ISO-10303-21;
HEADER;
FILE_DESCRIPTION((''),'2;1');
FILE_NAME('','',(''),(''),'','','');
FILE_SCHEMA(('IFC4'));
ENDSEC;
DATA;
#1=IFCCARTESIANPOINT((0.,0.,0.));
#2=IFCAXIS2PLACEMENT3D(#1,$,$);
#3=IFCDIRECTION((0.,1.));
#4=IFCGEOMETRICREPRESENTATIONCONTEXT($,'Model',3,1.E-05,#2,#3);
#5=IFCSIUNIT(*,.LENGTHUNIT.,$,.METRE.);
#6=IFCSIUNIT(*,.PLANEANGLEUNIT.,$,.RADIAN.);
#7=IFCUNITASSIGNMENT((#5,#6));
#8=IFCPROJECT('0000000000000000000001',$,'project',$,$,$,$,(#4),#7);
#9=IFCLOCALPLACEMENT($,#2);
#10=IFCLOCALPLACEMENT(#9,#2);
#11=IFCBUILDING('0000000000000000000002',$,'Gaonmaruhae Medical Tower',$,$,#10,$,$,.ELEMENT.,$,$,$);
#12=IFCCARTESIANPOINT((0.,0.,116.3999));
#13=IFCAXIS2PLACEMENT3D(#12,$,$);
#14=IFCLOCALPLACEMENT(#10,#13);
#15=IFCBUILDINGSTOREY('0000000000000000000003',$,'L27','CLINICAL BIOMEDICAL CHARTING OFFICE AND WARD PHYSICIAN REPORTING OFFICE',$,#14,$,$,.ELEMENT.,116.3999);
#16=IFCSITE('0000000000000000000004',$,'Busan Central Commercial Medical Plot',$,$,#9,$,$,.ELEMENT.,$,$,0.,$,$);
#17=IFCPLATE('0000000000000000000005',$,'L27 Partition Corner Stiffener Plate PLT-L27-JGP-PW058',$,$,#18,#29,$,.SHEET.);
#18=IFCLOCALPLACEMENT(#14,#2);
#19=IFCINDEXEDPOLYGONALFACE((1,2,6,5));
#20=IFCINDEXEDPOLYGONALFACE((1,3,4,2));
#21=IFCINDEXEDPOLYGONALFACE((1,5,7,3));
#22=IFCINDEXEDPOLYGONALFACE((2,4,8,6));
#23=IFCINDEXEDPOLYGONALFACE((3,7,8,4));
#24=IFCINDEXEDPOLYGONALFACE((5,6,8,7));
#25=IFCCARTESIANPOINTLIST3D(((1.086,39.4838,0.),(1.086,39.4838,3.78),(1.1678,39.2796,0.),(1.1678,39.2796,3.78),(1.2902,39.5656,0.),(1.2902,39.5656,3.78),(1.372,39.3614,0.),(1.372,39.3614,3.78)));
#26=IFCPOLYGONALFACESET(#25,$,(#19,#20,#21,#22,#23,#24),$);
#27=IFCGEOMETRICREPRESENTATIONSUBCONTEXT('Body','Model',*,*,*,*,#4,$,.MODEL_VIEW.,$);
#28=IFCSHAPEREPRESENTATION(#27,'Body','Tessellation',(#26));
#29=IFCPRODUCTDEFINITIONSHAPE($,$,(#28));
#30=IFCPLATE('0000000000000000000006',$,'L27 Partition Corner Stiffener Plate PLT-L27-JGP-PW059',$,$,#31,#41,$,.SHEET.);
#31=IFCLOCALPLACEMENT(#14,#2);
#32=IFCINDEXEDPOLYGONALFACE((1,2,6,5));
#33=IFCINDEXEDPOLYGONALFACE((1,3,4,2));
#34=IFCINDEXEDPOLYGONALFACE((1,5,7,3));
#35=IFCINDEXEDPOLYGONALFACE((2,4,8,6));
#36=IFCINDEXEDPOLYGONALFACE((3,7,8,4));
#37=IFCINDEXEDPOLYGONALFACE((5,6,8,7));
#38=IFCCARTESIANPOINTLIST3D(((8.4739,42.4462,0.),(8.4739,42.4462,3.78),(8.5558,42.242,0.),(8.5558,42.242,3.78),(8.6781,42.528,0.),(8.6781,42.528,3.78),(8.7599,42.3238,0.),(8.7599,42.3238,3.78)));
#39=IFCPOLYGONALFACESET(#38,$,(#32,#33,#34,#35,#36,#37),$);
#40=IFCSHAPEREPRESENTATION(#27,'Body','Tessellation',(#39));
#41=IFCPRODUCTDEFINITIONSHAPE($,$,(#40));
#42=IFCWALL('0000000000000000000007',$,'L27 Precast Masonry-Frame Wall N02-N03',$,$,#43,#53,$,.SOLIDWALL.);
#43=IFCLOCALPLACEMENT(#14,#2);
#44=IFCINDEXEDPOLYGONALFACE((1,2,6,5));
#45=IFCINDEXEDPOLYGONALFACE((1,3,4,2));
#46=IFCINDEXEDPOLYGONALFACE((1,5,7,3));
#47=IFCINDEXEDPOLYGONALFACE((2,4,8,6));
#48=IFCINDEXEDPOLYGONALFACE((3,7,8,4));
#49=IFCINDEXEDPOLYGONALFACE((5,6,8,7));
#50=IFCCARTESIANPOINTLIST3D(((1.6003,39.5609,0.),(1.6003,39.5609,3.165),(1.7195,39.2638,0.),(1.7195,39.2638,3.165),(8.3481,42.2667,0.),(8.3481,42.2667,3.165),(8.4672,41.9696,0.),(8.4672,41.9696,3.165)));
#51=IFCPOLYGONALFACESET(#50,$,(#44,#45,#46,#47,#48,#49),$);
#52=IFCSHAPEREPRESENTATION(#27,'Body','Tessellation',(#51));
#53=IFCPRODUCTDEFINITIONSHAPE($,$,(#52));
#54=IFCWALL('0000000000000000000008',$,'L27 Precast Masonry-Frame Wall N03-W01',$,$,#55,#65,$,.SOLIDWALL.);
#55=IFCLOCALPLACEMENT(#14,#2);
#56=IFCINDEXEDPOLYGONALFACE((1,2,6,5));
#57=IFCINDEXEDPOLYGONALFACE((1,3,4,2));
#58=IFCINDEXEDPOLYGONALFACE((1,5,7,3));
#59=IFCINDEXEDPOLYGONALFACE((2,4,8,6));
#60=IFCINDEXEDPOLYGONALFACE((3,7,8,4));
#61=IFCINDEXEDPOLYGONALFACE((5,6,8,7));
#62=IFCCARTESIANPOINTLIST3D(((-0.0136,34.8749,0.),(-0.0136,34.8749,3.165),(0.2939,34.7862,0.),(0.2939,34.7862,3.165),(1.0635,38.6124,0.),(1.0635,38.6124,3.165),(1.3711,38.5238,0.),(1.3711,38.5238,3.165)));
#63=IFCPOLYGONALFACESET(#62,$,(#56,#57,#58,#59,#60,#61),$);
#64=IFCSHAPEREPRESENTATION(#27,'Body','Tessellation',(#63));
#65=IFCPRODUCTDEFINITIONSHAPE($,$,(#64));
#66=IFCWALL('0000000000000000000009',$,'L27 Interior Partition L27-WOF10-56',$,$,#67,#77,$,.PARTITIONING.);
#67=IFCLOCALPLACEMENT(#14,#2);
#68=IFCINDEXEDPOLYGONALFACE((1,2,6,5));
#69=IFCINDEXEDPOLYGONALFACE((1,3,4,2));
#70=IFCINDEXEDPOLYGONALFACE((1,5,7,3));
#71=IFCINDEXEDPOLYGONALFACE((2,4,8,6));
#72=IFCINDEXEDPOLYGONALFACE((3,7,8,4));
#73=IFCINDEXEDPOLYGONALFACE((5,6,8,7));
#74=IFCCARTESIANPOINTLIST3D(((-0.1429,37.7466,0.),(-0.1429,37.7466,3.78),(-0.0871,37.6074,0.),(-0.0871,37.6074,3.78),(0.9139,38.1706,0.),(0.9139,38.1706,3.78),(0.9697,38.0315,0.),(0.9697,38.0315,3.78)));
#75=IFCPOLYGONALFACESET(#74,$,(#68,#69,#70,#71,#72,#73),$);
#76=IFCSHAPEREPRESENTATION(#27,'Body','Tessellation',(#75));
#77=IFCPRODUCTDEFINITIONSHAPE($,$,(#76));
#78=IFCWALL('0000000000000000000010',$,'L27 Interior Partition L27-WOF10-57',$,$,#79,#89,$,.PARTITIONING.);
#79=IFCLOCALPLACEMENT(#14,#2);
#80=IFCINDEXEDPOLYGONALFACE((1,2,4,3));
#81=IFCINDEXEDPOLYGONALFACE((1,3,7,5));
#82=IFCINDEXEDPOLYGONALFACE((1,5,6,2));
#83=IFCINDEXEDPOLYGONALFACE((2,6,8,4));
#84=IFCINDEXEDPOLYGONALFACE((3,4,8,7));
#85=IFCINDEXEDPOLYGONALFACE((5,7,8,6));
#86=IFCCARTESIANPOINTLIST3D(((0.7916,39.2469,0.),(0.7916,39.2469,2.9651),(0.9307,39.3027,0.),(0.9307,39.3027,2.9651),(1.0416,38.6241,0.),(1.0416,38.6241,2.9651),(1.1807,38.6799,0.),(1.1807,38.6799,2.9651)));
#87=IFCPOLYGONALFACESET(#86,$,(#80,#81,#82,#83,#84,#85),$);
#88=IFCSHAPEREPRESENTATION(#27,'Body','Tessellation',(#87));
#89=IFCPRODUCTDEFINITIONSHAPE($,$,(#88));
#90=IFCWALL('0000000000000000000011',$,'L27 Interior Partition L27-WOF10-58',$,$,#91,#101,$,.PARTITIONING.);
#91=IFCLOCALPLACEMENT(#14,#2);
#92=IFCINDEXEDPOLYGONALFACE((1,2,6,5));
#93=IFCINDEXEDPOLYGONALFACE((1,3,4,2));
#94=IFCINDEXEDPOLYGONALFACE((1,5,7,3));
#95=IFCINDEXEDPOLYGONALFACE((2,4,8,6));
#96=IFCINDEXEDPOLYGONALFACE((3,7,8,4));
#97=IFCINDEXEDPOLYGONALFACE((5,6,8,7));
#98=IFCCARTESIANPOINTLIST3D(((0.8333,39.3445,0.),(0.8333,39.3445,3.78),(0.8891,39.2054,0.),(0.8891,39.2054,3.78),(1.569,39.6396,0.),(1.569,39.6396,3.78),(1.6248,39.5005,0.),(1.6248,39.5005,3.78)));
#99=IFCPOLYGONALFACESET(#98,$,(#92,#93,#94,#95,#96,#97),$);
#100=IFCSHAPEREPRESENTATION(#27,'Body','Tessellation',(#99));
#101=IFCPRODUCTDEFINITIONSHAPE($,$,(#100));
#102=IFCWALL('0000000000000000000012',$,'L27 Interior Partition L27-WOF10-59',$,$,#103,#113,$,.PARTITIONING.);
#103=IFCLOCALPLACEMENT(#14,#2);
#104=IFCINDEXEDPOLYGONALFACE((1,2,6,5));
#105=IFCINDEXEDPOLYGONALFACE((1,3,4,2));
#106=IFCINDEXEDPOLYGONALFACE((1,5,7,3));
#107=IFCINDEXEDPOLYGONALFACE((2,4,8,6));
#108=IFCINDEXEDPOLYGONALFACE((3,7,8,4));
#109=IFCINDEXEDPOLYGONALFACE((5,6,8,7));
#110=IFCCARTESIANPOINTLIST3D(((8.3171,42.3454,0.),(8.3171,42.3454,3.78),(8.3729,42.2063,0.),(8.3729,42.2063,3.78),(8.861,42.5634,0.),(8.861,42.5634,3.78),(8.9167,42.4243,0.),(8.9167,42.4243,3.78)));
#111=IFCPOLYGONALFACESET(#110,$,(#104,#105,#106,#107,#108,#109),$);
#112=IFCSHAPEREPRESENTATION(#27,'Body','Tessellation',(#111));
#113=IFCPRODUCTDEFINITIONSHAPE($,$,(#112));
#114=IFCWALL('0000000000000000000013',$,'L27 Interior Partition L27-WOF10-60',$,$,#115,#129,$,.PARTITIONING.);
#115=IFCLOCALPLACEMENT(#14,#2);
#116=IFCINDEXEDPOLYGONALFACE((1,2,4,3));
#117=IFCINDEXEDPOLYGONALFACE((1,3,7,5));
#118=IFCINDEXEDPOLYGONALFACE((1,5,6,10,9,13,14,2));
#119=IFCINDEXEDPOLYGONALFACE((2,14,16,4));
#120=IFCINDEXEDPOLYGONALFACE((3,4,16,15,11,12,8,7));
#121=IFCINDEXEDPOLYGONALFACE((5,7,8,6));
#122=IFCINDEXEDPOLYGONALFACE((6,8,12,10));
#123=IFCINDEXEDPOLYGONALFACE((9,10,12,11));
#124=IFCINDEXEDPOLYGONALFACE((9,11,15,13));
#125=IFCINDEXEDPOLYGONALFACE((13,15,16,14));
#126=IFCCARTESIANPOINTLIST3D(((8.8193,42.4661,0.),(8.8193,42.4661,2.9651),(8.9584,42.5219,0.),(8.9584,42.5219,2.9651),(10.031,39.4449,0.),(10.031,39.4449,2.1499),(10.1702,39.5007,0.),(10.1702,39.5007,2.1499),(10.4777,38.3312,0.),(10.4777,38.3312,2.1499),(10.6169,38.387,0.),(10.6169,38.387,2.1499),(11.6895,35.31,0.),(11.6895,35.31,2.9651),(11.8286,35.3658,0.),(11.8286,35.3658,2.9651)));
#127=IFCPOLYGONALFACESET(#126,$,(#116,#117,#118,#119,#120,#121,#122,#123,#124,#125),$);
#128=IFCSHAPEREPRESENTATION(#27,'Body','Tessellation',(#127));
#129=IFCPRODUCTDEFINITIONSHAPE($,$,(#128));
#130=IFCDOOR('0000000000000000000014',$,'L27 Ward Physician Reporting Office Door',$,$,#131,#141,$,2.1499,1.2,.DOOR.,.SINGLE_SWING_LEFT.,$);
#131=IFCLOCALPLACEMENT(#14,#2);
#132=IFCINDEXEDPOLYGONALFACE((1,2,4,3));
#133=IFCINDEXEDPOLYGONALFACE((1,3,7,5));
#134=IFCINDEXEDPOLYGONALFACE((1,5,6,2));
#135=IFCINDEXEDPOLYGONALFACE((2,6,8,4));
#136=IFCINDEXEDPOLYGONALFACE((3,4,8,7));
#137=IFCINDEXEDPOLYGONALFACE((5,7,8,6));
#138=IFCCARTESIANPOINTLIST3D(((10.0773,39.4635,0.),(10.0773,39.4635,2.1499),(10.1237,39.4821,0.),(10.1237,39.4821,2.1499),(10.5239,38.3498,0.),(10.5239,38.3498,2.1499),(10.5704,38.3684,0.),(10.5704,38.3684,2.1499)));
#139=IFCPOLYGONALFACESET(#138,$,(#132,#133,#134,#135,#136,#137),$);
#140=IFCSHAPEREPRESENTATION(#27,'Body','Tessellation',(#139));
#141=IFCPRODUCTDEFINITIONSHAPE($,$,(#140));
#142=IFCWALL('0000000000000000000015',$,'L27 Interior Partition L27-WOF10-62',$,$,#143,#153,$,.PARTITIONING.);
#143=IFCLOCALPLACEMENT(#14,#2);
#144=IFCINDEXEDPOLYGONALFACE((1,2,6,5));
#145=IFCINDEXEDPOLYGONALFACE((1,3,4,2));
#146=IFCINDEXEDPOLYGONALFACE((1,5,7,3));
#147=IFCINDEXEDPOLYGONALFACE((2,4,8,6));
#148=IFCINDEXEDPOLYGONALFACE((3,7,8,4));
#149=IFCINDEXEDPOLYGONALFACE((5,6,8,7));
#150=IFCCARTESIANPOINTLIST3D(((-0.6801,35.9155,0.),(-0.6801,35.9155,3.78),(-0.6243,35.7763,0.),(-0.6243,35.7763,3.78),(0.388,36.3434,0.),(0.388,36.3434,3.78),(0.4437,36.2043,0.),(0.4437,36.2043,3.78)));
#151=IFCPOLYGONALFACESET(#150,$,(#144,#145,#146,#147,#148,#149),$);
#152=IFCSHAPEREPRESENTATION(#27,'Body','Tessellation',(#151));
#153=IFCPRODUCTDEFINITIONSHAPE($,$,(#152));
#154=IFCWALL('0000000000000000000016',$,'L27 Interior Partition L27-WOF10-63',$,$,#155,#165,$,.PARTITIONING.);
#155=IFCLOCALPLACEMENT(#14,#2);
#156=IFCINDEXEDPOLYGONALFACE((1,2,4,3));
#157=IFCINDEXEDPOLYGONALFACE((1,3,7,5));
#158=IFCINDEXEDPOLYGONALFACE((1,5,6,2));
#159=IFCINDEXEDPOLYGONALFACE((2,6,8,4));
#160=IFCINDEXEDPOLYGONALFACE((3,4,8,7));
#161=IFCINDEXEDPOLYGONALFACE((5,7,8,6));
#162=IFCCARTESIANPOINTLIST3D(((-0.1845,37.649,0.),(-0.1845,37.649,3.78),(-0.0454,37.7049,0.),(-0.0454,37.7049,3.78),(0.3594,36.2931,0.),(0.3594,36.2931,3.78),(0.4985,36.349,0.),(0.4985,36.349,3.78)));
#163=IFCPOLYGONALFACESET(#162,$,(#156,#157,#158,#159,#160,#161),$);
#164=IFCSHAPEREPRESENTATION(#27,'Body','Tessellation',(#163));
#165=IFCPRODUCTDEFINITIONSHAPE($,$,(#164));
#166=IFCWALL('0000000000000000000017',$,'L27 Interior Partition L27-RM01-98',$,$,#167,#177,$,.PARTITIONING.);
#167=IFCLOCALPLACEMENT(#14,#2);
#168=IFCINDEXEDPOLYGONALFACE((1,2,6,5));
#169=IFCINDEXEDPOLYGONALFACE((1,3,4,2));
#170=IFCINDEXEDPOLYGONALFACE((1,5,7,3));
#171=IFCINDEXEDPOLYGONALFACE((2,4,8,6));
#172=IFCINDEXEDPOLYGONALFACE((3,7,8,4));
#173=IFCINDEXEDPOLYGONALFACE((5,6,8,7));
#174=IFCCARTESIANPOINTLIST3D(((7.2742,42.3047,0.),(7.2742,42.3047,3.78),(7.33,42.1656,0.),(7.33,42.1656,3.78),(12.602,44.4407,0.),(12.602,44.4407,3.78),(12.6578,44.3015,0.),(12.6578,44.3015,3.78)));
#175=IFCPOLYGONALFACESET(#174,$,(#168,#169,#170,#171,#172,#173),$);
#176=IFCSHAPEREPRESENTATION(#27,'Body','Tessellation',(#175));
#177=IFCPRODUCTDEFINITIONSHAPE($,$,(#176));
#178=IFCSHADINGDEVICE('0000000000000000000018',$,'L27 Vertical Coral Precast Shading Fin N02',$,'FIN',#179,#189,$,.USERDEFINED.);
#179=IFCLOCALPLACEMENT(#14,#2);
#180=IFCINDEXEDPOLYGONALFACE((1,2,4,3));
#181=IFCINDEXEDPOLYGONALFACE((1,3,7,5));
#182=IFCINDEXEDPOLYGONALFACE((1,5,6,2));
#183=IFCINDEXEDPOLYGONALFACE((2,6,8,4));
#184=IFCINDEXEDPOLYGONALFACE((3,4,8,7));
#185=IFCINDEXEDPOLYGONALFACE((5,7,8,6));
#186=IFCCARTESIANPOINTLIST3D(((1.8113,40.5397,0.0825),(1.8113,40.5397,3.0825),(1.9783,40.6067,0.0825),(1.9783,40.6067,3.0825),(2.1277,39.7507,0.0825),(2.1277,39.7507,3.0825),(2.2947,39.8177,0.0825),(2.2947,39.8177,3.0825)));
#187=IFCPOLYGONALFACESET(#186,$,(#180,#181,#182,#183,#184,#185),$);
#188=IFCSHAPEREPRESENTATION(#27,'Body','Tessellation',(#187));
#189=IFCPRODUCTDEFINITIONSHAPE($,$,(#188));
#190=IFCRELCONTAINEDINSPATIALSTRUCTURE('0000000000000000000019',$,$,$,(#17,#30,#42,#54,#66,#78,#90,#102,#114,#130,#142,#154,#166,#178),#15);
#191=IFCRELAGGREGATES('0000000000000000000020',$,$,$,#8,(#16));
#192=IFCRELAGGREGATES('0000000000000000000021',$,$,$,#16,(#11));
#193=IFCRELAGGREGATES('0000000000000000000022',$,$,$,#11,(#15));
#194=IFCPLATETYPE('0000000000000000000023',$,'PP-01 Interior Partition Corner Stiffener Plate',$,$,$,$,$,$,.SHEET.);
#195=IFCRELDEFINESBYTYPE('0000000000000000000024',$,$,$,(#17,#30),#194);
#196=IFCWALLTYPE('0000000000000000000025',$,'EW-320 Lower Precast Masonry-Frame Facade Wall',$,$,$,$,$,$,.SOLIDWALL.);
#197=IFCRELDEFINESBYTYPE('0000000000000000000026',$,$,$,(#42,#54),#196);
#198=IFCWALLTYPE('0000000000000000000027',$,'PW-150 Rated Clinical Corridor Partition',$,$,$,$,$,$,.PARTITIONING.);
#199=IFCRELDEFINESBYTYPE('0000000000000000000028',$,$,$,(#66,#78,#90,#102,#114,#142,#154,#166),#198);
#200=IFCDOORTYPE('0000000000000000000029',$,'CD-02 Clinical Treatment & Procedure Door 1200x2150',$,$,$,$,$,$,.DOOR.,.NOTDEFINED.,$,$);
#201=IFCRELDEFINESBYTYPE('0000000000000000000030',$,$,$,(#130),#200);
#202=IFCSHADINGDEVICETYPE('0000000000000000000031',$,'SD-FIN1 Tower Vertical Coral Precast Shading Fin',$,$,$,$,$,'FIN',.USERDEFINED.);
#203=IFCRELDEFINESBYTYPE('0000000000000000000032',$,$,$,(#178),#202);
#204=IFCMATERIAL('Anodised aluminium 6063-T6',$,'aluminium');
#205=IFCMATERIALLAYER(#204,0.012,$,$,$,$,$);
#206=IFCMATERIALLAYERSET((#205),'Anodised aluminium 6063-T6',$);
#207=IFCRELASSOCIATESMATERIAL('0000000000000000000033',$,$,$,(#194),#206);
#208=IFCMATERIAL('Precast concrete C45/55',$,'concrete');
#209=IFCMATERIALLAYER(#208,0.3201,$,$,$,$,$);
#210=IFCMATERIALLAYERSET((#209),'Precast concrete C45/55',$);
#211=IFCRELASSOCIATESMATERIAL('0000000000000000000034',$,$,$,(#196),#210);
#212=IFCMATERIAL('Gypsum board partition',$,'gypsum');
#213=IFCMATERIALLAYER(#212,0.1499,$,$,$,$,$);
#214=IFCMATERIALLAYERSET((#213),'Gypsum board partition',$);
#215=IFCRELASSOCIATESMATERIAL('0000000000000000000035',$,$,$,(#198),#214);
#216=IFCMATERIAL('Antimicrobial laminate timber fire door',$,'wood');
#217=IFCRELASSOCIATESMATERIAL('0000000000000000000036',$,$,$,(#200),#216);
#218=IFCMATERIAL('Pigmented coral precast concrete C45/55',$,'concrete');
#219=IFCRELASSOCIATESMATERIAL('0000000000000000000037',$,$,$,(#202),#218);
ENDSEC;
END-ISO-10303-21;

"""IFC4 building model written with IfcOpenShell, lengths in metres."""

from ifc_helpers import new_model, si_unit, direction, frame, frame_2d, origin, origin_2d, place, context, subcontext, project, spatial, rectangle, extrude, material, layer, layer_set, type_object, element, fill, save


model = new_model("IFC4")

# Units and contexts
model_context = context("Model", 3, precision=1e-05, world=origin(), true_north=direction((0.0, 1.0)))
body_context = subcontext(model_context, "Body", "Model", "MODEL_VIEW")
ifc_project = project(units=[si_unit("LENGTHUNIT", "METRE"), si_unit("PLANEANGLEUNIT", "RADIAN")], contexts=[model_context])

# Site, building, storey
site_placement = place(None, origin())
site = spatial("IfcSite", under=ifc_project, at=site_placement, Name="Busan Central Commercial Medical Plot", CompositionType="ELEMENT", RefElevation=0.0)
building_placement = place(site_placement, origin())
building = spatial("IfcBuilding", under=site, at=building_placement, Name="Gaonmaruhae Medical Tower", CompositionType="ELEMENT")
storey_placement = place(building_placement, frame((0.0, 0.0, 116.3999)))
storey = spatial("IfcBuildingStorey", under=building, at=storey_placement, Name="L27", Description="CLINICAL BIOMEDICAL CHARTING OFFICE AND WARD PHYSICIAN REPORTING OFFICE", CompositionType="ELEMENT", Elevation=116.3999)

# Plates
ifc_material_1 = material(Name="Anodised aluminium 6063-T6", Category="aluminium")
ifc_layer_1 = layer(ifc_material_1, 0.012)
ifc_layer_set_1 = layer_set([ifc_layer_1], Name="Anodised aluminium 6063-T6")
plate_type_1 = type_object("IfcPlateType", Name="PP-01 Interior Partition Corner Stiffener Plate", PredefinedType="SHEET", material=ifc_layer_set_1)
for number, where, z_axis, x_axis, name in (
    (1, (1.229, 39.4226, 0.0), (0.0, 0.0, 1.0), (0.928213, 0.372048, 0.0), "L27 Partition Corner Stiffener Plate PLT-L27-JGP-PW058"),
    (2, (8.6169, 42.385, 0.0), (0.0, 0.0, 1.0), (0.928239, 0.371984, 0.0), "L27 Partition Corner Stiffener Plate PLT-L27-JGP-PW059"),
):
    element("IfcPlate", number, at=place(storey_placement, frame(where, z_axis=z_axis, x_axis=x_axis)), inside=storey, type_object=plate_type_1, Name=name, PredefinedType="SHEET", context=body_context, shape_type="SweptSolid", body=[
        extrude(rectangle(XDim=0.22, YDim=0.22, at=origin_2d()), origin(), (0.0, 0.0, 1.0), 3.78),
    ])

# Walls
ifc_material_2 = material(Name="Precast concrete C45/55", Category="concrete")
ifc_layer_2 = layer(ifc_material_2, 0.3201)
ifc_layer_set_2 = layer_set([ifc_layer_2], Name="Precast concrete C45/55")
wall_type_1 = type_object("IfcWallType", Name="EW-320 Lower Precast Masonry-Frame Facade Wall", PredefinedType="SOLIDWALL", material=ifc_layer_set_2)
wall_1_placement = place(storey_placement, frame((1.6599, 39.4124, 0.0), z_axis=(0.0, 0.0, 1.0), x_axis=(0.928159, 0.372184, 0.0)))
element("IfcWall", 3, at=wall_1_placement, inside=storey, type_object=wall_type_1, Name="L27 Precast Masonry-Frame Wall N02-N03", PredefinedType="SOLIDWALL", context=body_context, shape_type="SweptSolid", body=[
    extrude(rectangle(XDim=7.27, YDim=0.3201, at=frame_2d((3.635, 0.0))), origin(), (0.0, 0.0, 1.0), 3.165),
])
wall_2_placement = place(storey_placement, frame((0.1401, 34.8306, 0.0), z_axis=(0.0, 0.0, 1.0), x_axis=(0.276926, 0.960891, 0.0)))
element("IfcWall", 4, at=wall_2_placement, inside=storey, type_object=wall_type_1, Name="L27 Precast Masonry-Frame Wall N03-W01", PredefinedType="SOLIDWALL", context=body_context, shape_type="SweptSolid", body=[
    extrude(rectangle(XDim=3.8896, YDim=0.3201, at=frame_2d((1.9448, 0.0))), origin(), (0.0, 0.0, 1.0), 3.165),
])
ifc_material_3 = material(Name="Gypsum board partition", Category="gypsum")
ifc_layer_3 = layer(ifc_material_3, 0.1499)
ifc_layer_set_3 = layer_set([ifc_layer_3], Name="Gypsum board partition")
wall_type_2 = type_object("IfcWallType", Name="PW-150 Rated Clinical Corridor Partition", PredefinedType="PARTITIONING", material=ifc_layer_set_3)
wall_3_placement = place(storey_placement, frame((-0.115, 37.677, 0.0), z_axis=(0.0, 0.0, 1.0), x_axis=(0.928077, 0.372388, 0.0)))
element("IfcWall", 5, at=wall_3_placement, inside=storey, type_object=wall_type_2, Name="L27 Interior Partition L27-WOF10-56", PredefinedType="PARTITIONING", context=body_context, shape_type="SweptSolid", body=[
    extrude(rectangle(XDim=1.1387, YDim=0.1499, at=frame_2d((0.5693, 0.0))), origin(), (0.0, 0.0, 1.0), 3.78),
])
wall_4_placement = place(storey_placement, frame((1.1111, 38.6521, 0.0), z_axis=(0.0, 0.0, 1.0), x_axis=(-0.372519, 0.928024, 0.0)))
element("IfcWall", 6, at=wall_4_placement, inside=storey, type_object=wall_type_2, Name="L27 Interior Partition L27-WOF10-57", PredefinedType="PARTITIONING", context=body_context, shape_type="SweptSolid", body=[
    extrude(rectangle(XDim=0.6711, YDim=0.1499, at=frame_2d((0.3354, 0.0))), origin(), (0.0, 0.0, 1.0), 2.9651),
])
wall_5_placement = place(storey_placement, frame((0.8611, 39.2749, 0.0), z_axis=(0.0, 0.0, 1.0), x_axis=(0.928115, 0.372293, 0.0)))
element("IfcWall", 7, at=wall_5_placement, inside=storey, type_object=wall_type_2, Name="L27 Interior Partition L27-WOF10-58", PredefinedType="PARTITIONING", context=body_context, shape_type="SweptSolid", body=[
    extrude(rectangle(XDim=0.7927, YDim=0.1499, at=frame_2d((0.3965, 0.0))), origin(), (0.0, 0.0, 1.0), 3.78),
])
wall_6_placement = place(storey_placement, frame((8.345, 42.2759, 0.0), z_axis=(0.0, 0.0, 1.0), x_axis=(0.928218, 0.372037, 0.0)))
element("IfcWall", 8, at=wall_6_placement, inside=storey, type_object=wall_type_2, Name="L27 Interior Partition L27-WOF10-59", PredefinedType="PARTITIONING", context=body_context, shape_type="SweptSolid", body=[
    extrude(rectangle(XDim=0.5859, YDim=0.1499, at=frame_2d((0.293, 0.0))), origin(), (0.0, 0.0, 1.0), 3.78),
])

# Wall, opening, door
wall_7_placement = place(storey_placement, frame((8.8889, 42.4939, 0.0), z_axis=(0.0, 0.0, 1.0), x_axis=(0.372253, -0.928131, 0.0)))
wall_7 = element("IfcWall", 9, at=wall_7_placement, inside=storey, type_object=wall_type_2, Name="L27 Interior Partition L27-WOF10-60", PredefinedType="PARTITIONING", context=body_context, shape_type="SweptSolid", body=[
    extrude(rectangle(XDim=7.7102, YDim=0.1499, at=frame_2d((3.855, 0.0))), origin(), (0.0, 0.0, 1.0), 2.9651),
])
opening_placement = place(wall_7_placement, frame((3.2549, 0.0, 0.0)))
opening = element("IfcOpeningElement", 10, at=opening_placement, cuts=wall_7, PredefinedType="OPENING", context=body_context, shape_type="SweptSolid", body=[
    extrude(rectangle(XDim=1.2, YDim=2.1499, at=frame_2d((0.6001, 1.075))), frame((0.0, 0.085, 0.0), z_axis=(0.0, -1.0, 0.0), x_axis=(1.0, 0.0, 0.0)), (0.0, 0.0, 1.0), 0.1699),
])
ifc_material_4 = material(Name="Antimicrobial laminate timber fire door", Category="wood")
door_type = type_object("IfcDoorType", Name="CD-02 Clinical Treatment & Procedure Door 1200x2150", OperationType="NOTDEFINED", PredefinedType="DOOR", material=ifc_material_4)
door_placement = place(opening_placement, origin())
door = element("IfcDoor", 11, at=door_placement, inside=storey, type_object=door_type, Name="L27 Ward Physician Reporting Office Door", OperationType="SINGLE_SWING_LEFT", OverallHeight=2.1499, OverallWidth=1.2, PredefinedType="DOOR", context=body_context, shape_type="SweptSolid", body=[
    extrude(rectangle(XDim=1.2, YDim=2.1499, at=frame_2d((0.6001, 1.075))), frame((0.0, 0.0249, 0.0), z_axis=(0.0, -1.0, 0.0), x_axis=(1.0, 0.0, 0.0)), (0.0, 0.0, 1.0), 0.05),
])
fill(opening, door)

# Walls
wall_8_placement = place(storey_placement, frame((-0.6521, 35.8459, 0.0), z_axis=(0.0, 0.0, 1.0), x_axis=(0.928257, 0.371939, 0.0)))
element("IfcWall", 12, at=wall_8_placement, inside=storey, type_object=wall_type_2, Name="L27 Interior Partition L27-WOF10-62", PredefinedType="PARTITIONING", context=body_context, shape_type="SweptSolid", body=[
    extrude(rectangle(XDim=1.1506, YDim=0.1499, at=frame_2d((0.5752, 0.0))), origin(), (0.0, 0.0, 1.0), 3.78),
])
wall_9_placement = place(storey_placement, frame((0.429, 36.321, 0.0), z_axis=(0.0, 0.0, 1.0), x_axis=(-0.372312, 0.928107, 0.0)))
element("IfcWall", 13, at=wall_9_placement, inside=storey, type_object=wall_type_2, Name="L27 Interior Partition L27-WOF10-63", PredefinedType="PARTITIONING", context=body_context, shape_type="SweptSolid", body=[
    extrude(rectangle(XDim=1.4609, YDim=0.1499, at=frame_2d((0.7305, 0.0))), origin(), (0.0, 0.0, 1.0), 3.78),
])
wall_10_placement = place(storey_placement, frame((7.302, 42.2351, 0.0), z_axis=(0.0, 0.0, 1.0), x_axis=(0.928186, 0.372117, 0.0)))
element("IfcWall", 14, at=wall_10_placement, inside=storey, type_object=wall_type_2, Name="L27 Interior Partition L27-RM01-98", PredefinedType="PARTITIONING", context=body_context, shape_type="SweptSolid", body=[
    extrude(rectangle(XDim=5.74, YDim=0.1499, at=frame_2d((2.8701, 0.0))), origin(), (0.0, 0.0, 1.0), 3.78),
])

# Shading device
ifc_material_5 = material(Name="Pigmented coral precast concrete C45/55", Category="concrete")
shading_device_type = type_object("IfcShadingDeviceType", Name="SD-FIN1 Tower Vertical Coral Precast Shading Fin", ElementType="FIN", PredefinedType="USERDEFINED", material=ifc_material_5)
for number, where, z_axis, x_axis, name in (
    (15, (2.053, 40.1787, 0.0825), (0.0, 0.0, 1.0), (0.928161, 0.372178, 0.0), "L27 Vertical Coral Precast Shading Fin N02"),
):
    element("IfcShadingDevice", number, at=place(storey_placement, frame(where, z_axis=z_axis, x_axis=x_axis)), inside=storey, type_object=shading_device_type, Name=name, ObjectType="FIN", PredefinedType="USERDEFINED", context=body_context, shape_type="SweptSolid", body=[
        extrude(rectangle(XDim=0.1799, YDim=0.8501, at=origin_2d()), origin(), (0.0, 0.0, 1.0), 3.0),
    ])

save(model, "model.ifc")
